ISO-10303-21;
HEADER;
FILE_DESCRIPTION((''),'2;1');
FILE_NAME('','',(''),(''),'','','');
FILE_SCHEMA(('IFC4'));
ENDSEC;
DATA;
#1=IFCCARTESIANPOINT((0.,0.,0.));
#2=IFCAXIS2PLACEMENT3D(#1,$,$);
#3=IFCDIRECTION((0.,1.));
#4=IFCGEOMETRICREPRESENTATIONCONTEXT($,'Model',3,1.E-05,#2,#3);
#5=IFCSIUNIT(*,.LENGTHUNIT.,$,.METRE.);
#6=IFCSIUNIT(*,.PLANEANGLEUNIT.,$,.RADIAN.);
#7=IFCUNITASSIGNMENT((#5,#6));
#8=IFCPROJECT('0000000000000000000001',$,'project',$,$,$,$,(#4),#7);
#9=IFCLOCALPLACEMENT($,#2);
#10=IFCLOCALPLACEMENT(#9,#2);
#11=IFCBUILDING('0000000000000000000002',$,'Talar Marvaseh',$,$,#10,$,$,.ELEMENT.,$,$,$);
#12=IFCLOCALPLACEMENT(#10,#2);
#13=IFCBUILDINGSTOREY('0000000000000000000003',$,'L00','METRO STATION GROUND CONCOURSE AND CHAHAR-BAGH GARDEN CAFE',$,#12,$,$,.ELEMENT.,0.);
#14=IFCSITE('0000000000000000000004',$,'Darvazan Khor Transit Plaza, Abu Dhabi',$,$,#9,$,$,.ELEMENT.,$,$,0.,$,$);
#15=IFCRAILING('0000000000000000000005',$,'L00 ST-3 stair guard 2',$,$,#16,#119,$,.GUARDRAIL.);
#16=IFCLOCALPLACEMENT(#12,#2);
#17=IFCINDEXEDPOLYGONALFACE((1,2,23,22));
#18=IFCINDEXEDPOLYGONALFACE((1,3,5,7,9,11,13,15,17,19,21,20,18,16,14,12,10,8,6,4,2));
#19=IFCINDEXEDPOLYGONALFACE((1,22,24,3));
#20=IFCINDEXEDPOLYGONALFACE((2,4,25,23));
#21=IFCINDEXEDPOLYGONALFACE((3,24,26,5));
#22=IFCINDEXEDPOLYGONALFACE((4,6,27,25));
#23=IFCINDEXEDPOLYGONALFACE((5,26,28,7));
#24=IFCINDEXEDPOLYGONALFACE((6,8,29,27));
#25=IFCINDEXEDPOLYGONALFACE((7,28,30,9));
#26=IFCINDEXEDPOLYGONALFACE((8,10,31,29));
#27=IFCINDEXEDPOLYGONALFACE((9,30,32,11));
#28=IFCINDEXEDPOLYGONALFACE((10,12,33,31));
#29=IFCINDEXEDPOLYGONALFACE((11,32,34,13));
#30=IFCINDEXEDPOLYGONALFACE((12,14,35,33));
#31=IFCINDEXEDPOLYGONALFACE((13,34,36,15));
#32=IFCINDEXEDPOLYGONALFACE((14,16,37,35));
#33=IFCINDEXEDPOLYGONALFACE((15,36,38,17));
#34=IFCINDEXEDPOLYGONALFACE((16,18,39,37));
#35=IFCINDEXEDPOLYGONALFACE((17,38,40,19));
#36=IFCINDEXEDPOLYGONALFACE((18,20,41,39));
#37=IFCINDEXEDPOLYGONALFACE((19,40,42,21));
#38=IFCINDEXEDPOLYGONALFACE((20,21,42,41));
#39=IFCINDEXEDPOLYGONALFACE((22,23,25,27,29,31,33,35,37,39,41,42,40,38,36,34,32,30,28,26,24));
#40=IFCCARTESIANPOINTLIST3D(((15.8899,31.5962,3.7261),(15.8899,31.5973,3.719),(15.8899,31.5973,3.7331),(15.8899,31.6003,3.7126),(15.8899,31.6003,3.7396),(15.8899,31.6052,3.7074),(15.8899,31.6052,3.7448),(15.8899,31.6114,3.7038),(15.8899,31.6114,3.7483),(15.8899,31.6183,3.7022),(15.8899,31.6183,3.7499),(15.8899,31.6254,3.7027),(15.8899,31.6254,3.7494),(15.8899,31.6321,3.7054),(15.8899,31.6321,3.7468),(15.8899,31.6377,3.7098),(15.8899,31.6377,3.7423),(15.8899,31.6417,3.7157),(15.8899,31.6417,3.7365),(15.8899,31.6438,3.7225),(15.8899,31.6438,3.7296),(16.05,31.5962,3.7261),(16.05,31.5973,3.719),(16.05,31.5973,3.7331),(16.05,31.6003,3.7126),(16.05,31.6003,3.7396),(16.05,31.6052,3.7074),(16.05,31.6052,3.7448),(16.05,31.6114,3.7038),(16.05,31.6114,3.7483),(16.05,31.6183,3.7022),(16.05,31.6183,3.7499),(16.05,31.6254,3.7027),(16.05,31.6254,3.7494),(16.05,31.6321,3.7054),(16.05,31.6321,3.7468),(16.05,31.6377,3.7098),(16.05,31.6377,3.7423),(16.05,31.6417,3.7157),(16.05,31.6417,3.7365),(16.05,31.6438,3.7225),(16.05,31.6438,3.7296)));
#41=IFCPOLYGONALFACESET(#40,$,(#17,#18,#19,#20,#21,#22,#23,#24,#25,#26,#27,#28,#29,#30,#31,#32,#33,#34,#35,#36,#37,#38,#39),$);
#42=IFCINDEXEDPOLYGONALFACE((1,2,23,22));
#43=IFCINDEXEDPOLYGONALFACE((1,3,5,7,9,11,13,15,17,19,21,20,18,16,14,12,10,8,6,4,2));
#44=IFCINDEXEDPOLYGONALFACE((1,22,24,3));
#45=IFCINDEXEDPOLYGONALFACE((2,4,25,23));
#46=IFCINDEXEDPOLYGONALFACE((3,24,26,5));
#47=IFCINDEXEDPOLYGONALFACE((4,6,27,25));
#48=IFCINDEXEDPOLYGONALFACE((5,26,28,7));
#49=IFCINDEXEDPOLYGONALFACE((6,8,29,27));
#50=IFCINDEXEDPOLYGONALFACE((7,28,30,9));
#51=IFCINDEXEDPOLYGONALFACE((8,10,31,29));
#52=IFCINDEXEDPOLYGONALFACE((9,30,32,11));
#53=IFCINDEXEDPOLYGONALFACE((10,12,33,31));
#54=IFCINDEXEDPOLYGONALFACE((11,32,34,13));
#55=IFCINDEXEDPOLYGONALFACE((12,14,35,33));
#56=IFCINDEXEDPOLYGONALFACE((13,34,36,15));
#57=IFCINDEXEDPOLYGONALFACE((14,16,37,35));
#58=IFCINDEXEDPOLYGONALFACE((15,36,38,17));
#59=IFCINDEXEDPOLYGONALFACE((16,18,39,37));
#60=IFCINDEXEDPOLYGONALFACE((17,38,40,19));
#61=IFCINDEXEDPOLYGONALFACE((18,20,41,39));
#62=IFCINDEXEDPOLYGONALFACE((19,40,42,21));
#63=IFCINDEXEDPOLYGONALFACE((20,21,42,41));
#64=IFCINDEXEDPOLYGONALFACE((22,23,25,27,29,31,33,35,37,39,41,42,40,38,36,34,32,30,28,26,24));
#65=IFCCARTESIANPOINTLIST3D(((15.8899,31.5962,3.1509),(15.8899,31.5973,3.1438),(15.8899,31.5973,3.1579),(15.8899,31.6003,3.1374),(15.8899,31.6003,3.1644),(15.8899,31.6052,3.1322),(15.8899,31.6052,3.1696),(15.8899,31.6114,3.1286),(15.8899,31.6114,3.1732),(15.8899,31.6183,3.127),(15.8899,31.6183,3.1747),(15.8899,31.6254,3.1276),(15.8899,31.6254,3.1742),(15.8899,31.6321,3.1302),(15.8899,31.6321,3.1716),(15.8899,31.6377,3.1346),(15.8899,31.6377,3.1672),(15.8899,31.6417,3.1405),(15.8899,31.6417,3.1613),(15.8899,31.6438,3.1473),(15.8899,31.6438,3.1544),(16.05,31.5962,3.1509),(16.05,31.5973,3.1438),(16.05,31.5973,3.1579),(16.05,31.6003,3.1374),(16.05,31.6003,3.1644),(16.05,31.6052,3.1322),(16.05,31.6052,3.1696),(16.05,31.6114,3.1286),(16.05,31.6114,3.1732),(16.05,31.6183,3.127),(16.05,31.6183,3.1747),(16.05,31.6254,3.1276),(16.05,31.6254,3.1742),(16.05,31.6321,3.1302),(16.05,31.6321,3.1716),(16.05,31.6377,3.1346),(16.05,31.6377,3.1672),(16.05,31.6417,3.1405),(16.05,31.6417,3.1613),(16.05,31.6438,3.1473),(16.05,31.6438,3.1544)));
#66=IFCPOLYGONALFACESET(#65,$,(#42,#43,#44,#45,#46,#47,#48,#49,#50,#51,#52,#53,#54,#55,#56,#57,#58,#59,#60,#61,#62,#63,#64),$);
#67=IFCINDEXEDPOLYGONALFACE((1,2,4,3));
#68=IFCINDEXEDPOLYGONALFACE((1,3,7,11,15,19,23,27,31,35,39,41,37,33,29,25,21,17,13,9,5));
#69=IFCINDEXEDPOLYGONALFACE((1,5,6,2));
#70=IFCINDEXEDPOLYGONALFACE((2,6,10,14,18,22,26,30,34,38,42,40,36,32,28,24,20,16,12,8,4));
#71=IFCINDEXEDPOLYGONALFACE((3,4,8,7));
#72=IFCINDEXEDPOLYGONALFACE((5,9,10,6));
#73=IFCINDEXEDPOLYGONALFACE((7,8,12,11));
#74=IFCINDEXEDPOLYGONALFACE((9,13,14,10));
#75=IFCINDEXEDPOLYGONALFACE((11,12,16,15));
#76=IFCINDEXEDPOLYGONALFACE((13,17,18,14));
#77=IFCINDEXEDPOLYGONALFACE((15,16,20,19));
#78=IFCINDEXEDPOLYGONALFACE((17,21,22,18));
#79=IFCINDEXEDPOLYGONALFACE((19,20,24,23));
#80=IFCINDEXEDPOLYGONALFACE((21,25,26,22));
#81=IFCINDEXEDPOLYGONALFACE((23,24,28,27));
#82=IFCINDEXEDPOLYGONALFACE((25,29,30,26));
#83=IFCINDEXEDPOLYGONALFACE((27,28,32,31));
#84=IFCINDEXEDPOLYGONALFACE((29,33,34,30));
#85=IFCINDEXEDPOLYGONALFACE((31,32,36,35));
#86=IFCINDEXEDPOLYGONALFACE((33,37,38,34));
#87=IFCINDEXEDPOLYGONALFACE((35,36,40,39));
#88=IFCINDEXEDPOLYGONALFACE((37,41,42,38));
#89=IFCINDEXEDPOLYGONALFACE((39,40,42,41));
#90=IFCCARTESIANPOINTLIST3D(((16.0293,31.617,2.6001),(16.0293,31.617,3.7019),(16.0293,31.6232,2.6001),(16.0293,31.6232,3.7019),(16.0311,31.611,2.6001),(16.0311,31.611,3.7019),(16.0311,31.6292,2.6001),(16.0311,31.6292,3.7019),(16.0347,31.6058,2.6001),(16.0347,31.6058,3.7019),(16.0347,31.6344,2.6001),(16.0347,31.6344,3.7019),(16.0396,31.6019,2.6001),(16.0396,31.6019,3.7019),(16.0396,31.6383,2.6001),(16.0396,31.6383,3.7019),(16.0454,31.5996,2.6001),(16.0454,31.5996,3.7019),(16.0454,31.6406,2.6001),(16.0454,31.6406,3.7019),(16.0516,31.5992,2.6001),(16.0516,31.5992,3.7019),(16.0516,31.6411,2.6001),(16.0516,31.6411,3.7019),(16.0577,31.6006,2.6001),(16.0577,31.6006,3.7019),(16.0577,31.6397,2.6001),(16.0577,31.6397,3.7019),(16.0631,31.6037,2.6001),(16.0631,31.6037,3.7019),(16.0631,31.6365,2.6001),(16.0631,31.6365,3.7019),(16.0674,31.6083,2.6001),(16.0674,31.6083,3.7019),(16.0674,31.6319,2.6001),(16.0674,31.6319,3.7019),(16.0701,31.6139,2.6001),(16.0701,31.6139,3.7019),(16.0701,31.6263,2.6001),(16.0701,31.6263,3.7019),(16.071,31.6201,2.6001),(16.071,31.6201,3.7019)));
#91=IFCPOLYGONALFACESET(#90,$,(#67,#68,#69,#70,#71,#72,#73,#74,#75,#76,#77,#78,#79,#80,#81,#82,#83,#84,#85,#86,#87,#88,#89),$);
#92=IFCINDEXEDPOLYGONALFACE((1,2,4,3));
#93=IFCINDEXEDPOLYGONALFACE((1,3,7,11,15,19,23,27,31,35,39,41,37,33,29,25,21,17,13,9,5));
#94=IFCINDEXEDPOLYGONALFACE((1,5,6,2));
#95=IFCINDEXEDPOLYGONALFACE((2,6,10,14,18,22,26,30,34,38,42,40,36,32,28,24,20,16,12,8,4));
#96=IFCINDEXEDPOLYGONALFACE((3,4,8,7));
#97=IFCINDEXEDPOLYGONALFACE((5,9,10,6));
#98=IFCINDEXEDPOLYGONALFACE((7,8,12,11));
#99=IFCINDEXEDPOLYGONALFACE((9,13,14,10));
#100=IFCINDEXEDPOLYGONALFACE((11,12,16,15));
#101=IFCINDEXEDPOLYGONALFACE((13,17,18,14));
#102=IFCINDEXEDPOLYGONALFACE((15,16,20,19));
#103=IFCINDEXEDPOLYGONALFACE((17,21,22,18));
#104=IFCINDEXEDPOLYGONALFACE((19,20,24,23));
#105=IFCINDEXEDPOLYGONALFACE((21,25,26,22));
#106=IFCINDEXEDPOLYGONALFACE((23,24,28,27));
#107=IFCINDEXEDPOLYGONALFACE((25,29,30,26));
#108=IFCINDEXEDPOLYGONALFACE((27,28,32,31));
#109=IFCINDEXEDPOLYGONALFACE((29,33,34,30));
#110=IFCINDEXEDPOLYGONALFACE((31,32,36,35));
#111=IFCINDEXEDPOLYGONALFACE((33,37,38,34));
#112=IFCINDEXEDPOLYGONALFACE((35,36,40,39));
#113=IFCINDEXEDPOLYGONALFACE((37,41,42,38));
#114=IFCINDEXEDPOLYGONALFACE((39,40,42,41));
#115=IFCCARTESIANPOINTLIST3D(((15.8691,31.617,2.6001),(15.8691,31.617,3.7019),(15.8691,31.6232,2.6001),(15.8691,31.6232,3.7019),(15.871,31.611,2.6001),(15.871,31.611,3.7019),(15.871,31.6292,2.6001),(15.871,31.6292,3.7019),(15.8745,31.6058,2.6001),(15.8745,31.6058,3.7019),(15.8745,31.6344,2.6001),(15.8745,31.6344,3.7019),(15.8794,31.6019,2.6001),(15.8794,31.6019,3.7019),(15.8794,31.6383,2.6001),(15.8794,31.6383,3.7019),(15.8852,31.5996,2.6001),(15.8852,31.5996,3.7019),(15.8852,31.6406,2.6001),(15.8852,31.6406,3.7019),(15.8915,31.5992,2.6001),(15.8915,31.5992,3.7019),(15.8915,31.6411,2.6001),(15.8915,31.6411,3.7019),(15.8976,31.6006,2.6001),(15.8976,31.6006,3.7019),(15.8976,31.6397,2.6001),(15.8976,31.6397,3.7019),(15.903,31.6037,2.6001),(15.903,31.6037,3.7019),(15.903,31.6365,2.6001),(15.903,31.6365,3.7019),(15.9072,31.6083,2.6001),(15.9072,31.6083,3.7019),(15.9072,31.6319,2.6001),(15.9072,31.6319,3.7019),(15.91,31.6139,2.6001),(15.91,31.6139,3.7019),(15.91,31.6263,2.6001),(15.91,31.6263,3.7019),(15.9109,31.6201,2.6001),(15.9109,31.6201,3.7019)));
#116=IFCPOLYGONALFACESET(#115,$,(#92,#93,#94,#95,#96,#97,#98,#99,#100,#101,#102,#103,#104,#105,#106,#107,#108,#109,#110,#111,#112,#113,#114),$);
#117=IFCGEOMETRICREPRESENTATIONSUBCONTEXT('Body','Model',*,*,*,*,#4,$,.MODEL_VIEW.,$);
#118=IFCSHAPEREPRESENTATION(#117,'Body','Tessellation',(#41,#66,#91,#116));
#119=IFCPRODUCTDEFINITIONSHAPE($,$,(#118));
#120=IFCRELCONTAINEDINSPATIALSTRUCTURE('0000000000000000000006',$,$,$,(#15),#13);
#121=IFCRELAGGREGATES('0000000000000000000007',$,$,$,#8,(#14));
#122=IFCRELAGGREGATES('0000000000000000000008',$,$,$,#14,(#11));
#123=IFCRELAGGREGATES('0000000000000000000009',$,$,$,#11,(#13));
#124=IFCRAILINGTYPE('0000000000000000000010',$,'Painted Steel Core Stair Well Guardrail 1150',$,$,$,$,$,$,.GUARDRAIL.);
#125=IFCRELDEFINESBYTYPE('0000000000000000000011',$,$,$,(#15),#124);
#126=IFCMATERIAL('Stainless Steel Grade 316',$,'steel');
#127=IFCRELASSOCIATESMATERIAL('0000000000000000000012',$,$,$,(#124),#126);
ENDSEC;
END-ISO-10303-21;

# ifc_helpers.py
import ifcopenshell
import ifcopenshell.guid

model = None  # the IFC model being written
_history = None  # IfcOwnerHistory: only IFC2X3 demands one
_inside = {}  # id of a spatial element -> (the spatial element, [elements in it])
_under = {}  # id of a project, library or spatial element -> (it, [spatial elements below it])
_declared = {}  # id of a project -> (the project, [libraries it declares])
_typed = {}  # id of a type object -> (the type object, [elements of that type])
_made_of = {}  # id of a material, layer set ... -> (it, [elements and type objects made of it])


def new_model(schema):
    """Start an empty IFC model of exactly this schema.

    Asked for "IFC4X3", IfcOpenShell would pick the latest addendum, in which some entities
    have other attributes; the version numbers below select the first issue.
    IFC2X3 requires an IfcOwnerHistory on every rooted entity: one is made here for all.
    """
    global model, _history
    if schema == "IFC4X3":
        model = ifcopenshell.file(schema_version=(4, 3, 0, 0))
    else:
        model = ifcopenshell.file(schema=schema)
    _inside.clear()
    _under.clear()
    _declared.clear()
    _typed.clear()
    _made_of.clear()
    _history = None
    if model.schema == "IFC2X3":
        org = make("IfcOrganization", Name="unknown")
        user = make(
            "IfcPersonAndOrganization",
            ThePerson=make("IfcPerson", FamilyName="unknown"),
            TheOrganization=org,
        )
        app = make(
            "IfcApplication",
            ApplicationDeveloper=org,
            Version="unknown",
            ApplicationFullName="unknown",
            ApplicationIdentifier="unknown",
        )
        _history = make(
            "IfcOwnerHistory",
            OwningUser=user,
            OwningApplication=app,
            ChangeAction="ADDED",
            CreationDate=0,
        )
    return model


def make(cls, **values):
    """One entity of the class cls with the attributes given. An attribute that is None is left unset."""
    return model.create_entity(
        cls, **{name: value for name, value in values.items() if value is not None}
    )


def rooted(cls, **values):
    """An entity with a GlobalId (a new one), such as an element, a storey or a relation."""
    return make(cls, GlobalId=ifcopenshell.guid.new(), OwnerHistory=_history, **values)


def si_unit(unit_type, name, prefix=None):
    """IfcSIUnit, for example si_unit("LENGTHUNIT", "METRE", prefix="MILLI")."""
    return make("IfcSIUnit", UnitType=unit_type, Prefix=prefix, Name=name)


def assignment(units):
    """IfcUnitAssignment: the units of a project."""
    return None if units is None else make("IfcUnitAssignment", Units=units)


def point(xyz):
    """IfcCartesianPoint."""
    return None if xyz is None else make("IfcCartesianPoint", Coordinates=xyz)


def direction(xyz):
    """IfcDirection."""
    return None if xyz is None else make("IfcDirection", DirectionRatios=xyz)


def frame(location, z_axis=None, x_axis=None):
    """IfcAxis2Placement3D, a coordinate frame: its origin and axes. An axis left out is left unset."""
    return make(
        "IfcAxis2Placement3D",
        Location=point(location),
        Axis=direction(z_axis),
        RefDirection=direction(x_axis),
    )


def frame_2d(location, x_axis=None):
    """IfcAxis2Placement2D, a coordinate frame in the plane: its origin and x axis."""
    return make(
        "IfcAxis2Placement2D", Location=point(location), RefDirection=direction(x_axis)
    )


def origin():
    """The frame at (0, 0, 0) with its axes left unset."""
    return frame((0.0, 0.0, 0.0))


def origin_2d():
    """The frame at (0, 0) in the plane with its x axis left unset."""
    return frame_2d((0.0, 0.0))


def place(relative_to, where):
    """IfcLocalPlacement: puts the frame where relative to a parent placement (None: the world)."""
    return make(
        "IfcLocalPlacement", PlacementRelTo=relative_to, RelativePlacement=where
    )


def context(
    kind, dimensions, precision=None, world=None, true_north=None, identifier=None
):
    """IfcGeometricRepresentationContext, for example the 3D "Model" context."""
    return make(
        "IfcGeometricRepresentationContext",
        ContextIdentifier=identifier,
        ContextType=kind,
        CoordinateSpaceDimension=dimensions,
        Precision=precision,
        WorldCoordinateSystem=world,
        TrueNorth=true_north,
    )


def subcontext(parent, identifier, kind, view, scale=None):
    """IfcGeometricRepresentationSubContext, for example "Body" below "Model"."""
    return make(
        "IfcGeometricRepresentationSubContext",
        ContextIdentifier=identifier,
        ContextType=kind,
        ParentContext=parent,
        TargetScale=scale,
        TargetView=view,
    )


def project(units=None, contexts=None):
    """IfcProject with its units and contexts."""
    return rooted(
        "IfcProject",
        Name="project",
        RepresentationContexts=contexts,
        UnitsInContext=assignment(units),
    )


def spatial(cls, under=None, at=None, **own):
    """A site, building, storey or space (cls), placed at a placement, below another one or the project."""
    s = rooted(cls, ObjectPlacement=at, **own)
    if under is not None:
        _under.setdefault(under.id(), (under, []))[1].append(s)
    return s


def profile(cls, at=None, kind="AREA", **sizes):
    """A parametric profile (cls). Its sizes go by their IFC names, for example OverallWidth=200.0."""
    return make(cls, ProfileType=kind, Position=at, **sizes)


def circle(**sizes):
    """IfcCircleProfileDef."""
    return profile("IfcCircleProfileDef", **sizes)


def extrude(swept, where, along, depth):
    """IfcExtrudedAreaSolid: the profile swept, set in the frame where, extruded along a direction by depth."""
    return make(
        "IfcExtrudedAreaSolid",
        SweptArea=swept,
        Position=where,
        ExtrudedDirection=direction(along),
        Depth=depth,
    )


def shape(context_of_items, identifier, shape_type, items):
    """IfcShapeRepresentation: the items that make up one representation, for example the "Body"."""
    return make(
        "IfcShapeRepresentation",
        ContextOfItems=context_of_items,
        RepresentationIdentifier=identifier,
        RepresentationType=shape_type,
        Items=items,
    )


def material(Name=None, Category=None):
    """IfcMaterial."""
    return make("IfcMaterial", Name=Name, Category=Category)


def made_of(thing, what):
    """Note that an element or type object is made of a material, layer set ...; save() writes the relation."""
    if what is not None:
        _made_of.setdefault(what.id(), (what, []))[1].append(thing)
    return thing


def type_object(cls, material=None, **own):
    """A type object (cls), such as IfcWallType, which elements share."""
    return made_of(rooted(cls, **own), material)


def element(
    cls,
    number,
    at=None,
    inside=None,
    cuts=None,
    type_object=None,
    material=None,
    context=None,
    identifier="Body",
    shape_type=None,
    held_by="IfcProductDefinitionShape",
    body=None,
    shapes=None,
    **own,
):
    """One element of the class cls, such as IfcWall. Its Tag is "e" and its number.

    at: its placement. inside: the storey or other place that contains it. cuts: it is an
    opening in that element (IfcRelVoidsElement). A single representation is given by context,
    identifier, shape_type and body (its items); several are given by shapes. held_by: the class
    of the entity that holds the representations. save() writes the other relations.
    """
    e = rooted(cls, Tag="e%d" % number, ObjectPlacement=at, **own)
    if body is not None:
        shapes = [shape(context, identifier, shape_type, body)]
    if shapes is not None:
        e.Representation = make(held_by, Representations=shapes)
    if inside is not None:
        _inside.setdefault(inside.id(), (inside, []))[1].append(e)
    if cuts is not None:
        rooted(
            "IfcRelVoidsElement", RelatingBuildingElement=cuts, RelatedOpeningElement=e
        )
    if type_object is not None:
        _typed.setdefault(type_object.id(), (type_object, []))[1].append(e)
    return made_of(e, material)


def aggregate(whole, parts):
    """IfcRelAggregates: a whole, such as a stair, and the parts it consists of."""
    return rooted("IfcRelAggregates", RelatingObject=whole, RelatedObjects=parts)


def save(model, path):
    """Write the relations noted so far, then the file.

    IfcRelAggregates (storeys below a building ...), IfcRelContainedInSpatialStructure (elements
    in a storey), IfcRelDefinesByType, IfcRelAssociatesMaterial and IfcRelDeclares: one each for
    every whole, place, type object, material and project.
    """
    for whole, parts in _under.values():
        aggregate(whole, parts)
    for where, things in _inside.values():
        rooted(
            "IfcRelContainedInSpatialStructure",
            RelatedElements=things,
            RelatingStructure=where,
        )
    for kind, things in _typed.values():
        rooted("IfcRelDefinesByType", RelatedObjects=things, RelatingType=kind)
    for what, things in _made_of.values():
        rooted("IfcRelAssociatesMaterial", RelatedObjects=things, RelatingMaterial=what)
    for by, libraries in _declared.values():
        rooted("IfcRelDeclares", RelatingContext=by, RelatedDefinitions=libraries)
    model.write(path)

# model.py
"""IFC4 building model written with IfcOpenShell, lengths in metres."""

from ifc_helpers import new_model, si_unit, direction, frame, origin, origin_2d, place, context, subcontext, project, spatial, circle, extrude, material, type_object, element, save


model = new_model("IFC4")

# Units and contexts
model_context = context("Model", 3, precision=1e-05, world=origin(), true_north=direction((0.0, 1.0)))
body_context = subcontext(model_context, "Body", "Model", "MODEL_VIEW")
ifc_project = project(units=[si_unit("LENGTHUNIT", "METRE"), si_unit("PLANEANGLEUNIT", "RADIAN")], contexts=[model_context])

# Site, building, storey
site_placement = place(None, origin())
site = spatial("IfcSite", under=ifc_project, at=site_placement, Name="Darvazan Khor Transit Plaza, Abu Dhabi", CompositionType="ELEMENT", RefElevation=0.0)
building_placement = place(site_placement, origin())
building = spatial("IfcBuilding", under=site, at=building_placement, Name="Talar Marvaseh", CompositionType="ELEMENT")
storey_placement = place(building_placement, origin())
storey = spatial("IfcBuildingStorey", under=building, at=storey_placement, Name="L00", Description="METRO STATION GROUND CONCOURSE AND CHAHAR-BAGH GARDEN CAFE", CompositionType="ELEMENT", Elevation=0.0)

# Shared definitions
ifc_material_1 = material(Name="Stainless Steel Grade 316", Category="steel")

# Railing
railing_type_1 = type_object("IfcRailingType", Name="Painted Steel Core Stair Well Guardrail 1150", PredefinedType="GUARDRAIL", material=ifc_material_1)
railing_1_placement = place(storey_placement, frame((16.05, 31.6201, 2.6001)))
element("IfcRailing", 1, at=railing_1_placement, inside=storey, type_object=railing_type_1, Name="L00 ST-3 stair guard 2", PredefinedType="GUARDRAIL", context=body_context, shape_type="SweptSolid", body=[
    extrude(circle(Radius=0.0239, at=origin_2d()), frame((0.0, 0.0, 1.126), z_axis=(-1.0, 0.0, 0.0), x_axis=(0.0, -1.0, 0.0)), (0.0, 0.0, 1.0), 0.1602),
    extrude(circle(Radius=0.0239, at=origin_2d()), frame((0.0, 0.0, 0.5508), z_axis=(-1.0, 0.0, 0.0), x_axis=(0.0, -1.0, 0.0)), (0.0, 0.0, 1.0), 0.1602),
    extrude(circle(Radius=0.021, at=origin_2d()), origin(), (0.0, 0.0, 1.0), 1.1018),
    extrude(circle(Radius=0.021, at=origin_2d()), frame((-0.1602, 0.0, 0.0)), (0.0, 0.0, 1.0), 1.1018),
])

save(model, "model.ifc")
